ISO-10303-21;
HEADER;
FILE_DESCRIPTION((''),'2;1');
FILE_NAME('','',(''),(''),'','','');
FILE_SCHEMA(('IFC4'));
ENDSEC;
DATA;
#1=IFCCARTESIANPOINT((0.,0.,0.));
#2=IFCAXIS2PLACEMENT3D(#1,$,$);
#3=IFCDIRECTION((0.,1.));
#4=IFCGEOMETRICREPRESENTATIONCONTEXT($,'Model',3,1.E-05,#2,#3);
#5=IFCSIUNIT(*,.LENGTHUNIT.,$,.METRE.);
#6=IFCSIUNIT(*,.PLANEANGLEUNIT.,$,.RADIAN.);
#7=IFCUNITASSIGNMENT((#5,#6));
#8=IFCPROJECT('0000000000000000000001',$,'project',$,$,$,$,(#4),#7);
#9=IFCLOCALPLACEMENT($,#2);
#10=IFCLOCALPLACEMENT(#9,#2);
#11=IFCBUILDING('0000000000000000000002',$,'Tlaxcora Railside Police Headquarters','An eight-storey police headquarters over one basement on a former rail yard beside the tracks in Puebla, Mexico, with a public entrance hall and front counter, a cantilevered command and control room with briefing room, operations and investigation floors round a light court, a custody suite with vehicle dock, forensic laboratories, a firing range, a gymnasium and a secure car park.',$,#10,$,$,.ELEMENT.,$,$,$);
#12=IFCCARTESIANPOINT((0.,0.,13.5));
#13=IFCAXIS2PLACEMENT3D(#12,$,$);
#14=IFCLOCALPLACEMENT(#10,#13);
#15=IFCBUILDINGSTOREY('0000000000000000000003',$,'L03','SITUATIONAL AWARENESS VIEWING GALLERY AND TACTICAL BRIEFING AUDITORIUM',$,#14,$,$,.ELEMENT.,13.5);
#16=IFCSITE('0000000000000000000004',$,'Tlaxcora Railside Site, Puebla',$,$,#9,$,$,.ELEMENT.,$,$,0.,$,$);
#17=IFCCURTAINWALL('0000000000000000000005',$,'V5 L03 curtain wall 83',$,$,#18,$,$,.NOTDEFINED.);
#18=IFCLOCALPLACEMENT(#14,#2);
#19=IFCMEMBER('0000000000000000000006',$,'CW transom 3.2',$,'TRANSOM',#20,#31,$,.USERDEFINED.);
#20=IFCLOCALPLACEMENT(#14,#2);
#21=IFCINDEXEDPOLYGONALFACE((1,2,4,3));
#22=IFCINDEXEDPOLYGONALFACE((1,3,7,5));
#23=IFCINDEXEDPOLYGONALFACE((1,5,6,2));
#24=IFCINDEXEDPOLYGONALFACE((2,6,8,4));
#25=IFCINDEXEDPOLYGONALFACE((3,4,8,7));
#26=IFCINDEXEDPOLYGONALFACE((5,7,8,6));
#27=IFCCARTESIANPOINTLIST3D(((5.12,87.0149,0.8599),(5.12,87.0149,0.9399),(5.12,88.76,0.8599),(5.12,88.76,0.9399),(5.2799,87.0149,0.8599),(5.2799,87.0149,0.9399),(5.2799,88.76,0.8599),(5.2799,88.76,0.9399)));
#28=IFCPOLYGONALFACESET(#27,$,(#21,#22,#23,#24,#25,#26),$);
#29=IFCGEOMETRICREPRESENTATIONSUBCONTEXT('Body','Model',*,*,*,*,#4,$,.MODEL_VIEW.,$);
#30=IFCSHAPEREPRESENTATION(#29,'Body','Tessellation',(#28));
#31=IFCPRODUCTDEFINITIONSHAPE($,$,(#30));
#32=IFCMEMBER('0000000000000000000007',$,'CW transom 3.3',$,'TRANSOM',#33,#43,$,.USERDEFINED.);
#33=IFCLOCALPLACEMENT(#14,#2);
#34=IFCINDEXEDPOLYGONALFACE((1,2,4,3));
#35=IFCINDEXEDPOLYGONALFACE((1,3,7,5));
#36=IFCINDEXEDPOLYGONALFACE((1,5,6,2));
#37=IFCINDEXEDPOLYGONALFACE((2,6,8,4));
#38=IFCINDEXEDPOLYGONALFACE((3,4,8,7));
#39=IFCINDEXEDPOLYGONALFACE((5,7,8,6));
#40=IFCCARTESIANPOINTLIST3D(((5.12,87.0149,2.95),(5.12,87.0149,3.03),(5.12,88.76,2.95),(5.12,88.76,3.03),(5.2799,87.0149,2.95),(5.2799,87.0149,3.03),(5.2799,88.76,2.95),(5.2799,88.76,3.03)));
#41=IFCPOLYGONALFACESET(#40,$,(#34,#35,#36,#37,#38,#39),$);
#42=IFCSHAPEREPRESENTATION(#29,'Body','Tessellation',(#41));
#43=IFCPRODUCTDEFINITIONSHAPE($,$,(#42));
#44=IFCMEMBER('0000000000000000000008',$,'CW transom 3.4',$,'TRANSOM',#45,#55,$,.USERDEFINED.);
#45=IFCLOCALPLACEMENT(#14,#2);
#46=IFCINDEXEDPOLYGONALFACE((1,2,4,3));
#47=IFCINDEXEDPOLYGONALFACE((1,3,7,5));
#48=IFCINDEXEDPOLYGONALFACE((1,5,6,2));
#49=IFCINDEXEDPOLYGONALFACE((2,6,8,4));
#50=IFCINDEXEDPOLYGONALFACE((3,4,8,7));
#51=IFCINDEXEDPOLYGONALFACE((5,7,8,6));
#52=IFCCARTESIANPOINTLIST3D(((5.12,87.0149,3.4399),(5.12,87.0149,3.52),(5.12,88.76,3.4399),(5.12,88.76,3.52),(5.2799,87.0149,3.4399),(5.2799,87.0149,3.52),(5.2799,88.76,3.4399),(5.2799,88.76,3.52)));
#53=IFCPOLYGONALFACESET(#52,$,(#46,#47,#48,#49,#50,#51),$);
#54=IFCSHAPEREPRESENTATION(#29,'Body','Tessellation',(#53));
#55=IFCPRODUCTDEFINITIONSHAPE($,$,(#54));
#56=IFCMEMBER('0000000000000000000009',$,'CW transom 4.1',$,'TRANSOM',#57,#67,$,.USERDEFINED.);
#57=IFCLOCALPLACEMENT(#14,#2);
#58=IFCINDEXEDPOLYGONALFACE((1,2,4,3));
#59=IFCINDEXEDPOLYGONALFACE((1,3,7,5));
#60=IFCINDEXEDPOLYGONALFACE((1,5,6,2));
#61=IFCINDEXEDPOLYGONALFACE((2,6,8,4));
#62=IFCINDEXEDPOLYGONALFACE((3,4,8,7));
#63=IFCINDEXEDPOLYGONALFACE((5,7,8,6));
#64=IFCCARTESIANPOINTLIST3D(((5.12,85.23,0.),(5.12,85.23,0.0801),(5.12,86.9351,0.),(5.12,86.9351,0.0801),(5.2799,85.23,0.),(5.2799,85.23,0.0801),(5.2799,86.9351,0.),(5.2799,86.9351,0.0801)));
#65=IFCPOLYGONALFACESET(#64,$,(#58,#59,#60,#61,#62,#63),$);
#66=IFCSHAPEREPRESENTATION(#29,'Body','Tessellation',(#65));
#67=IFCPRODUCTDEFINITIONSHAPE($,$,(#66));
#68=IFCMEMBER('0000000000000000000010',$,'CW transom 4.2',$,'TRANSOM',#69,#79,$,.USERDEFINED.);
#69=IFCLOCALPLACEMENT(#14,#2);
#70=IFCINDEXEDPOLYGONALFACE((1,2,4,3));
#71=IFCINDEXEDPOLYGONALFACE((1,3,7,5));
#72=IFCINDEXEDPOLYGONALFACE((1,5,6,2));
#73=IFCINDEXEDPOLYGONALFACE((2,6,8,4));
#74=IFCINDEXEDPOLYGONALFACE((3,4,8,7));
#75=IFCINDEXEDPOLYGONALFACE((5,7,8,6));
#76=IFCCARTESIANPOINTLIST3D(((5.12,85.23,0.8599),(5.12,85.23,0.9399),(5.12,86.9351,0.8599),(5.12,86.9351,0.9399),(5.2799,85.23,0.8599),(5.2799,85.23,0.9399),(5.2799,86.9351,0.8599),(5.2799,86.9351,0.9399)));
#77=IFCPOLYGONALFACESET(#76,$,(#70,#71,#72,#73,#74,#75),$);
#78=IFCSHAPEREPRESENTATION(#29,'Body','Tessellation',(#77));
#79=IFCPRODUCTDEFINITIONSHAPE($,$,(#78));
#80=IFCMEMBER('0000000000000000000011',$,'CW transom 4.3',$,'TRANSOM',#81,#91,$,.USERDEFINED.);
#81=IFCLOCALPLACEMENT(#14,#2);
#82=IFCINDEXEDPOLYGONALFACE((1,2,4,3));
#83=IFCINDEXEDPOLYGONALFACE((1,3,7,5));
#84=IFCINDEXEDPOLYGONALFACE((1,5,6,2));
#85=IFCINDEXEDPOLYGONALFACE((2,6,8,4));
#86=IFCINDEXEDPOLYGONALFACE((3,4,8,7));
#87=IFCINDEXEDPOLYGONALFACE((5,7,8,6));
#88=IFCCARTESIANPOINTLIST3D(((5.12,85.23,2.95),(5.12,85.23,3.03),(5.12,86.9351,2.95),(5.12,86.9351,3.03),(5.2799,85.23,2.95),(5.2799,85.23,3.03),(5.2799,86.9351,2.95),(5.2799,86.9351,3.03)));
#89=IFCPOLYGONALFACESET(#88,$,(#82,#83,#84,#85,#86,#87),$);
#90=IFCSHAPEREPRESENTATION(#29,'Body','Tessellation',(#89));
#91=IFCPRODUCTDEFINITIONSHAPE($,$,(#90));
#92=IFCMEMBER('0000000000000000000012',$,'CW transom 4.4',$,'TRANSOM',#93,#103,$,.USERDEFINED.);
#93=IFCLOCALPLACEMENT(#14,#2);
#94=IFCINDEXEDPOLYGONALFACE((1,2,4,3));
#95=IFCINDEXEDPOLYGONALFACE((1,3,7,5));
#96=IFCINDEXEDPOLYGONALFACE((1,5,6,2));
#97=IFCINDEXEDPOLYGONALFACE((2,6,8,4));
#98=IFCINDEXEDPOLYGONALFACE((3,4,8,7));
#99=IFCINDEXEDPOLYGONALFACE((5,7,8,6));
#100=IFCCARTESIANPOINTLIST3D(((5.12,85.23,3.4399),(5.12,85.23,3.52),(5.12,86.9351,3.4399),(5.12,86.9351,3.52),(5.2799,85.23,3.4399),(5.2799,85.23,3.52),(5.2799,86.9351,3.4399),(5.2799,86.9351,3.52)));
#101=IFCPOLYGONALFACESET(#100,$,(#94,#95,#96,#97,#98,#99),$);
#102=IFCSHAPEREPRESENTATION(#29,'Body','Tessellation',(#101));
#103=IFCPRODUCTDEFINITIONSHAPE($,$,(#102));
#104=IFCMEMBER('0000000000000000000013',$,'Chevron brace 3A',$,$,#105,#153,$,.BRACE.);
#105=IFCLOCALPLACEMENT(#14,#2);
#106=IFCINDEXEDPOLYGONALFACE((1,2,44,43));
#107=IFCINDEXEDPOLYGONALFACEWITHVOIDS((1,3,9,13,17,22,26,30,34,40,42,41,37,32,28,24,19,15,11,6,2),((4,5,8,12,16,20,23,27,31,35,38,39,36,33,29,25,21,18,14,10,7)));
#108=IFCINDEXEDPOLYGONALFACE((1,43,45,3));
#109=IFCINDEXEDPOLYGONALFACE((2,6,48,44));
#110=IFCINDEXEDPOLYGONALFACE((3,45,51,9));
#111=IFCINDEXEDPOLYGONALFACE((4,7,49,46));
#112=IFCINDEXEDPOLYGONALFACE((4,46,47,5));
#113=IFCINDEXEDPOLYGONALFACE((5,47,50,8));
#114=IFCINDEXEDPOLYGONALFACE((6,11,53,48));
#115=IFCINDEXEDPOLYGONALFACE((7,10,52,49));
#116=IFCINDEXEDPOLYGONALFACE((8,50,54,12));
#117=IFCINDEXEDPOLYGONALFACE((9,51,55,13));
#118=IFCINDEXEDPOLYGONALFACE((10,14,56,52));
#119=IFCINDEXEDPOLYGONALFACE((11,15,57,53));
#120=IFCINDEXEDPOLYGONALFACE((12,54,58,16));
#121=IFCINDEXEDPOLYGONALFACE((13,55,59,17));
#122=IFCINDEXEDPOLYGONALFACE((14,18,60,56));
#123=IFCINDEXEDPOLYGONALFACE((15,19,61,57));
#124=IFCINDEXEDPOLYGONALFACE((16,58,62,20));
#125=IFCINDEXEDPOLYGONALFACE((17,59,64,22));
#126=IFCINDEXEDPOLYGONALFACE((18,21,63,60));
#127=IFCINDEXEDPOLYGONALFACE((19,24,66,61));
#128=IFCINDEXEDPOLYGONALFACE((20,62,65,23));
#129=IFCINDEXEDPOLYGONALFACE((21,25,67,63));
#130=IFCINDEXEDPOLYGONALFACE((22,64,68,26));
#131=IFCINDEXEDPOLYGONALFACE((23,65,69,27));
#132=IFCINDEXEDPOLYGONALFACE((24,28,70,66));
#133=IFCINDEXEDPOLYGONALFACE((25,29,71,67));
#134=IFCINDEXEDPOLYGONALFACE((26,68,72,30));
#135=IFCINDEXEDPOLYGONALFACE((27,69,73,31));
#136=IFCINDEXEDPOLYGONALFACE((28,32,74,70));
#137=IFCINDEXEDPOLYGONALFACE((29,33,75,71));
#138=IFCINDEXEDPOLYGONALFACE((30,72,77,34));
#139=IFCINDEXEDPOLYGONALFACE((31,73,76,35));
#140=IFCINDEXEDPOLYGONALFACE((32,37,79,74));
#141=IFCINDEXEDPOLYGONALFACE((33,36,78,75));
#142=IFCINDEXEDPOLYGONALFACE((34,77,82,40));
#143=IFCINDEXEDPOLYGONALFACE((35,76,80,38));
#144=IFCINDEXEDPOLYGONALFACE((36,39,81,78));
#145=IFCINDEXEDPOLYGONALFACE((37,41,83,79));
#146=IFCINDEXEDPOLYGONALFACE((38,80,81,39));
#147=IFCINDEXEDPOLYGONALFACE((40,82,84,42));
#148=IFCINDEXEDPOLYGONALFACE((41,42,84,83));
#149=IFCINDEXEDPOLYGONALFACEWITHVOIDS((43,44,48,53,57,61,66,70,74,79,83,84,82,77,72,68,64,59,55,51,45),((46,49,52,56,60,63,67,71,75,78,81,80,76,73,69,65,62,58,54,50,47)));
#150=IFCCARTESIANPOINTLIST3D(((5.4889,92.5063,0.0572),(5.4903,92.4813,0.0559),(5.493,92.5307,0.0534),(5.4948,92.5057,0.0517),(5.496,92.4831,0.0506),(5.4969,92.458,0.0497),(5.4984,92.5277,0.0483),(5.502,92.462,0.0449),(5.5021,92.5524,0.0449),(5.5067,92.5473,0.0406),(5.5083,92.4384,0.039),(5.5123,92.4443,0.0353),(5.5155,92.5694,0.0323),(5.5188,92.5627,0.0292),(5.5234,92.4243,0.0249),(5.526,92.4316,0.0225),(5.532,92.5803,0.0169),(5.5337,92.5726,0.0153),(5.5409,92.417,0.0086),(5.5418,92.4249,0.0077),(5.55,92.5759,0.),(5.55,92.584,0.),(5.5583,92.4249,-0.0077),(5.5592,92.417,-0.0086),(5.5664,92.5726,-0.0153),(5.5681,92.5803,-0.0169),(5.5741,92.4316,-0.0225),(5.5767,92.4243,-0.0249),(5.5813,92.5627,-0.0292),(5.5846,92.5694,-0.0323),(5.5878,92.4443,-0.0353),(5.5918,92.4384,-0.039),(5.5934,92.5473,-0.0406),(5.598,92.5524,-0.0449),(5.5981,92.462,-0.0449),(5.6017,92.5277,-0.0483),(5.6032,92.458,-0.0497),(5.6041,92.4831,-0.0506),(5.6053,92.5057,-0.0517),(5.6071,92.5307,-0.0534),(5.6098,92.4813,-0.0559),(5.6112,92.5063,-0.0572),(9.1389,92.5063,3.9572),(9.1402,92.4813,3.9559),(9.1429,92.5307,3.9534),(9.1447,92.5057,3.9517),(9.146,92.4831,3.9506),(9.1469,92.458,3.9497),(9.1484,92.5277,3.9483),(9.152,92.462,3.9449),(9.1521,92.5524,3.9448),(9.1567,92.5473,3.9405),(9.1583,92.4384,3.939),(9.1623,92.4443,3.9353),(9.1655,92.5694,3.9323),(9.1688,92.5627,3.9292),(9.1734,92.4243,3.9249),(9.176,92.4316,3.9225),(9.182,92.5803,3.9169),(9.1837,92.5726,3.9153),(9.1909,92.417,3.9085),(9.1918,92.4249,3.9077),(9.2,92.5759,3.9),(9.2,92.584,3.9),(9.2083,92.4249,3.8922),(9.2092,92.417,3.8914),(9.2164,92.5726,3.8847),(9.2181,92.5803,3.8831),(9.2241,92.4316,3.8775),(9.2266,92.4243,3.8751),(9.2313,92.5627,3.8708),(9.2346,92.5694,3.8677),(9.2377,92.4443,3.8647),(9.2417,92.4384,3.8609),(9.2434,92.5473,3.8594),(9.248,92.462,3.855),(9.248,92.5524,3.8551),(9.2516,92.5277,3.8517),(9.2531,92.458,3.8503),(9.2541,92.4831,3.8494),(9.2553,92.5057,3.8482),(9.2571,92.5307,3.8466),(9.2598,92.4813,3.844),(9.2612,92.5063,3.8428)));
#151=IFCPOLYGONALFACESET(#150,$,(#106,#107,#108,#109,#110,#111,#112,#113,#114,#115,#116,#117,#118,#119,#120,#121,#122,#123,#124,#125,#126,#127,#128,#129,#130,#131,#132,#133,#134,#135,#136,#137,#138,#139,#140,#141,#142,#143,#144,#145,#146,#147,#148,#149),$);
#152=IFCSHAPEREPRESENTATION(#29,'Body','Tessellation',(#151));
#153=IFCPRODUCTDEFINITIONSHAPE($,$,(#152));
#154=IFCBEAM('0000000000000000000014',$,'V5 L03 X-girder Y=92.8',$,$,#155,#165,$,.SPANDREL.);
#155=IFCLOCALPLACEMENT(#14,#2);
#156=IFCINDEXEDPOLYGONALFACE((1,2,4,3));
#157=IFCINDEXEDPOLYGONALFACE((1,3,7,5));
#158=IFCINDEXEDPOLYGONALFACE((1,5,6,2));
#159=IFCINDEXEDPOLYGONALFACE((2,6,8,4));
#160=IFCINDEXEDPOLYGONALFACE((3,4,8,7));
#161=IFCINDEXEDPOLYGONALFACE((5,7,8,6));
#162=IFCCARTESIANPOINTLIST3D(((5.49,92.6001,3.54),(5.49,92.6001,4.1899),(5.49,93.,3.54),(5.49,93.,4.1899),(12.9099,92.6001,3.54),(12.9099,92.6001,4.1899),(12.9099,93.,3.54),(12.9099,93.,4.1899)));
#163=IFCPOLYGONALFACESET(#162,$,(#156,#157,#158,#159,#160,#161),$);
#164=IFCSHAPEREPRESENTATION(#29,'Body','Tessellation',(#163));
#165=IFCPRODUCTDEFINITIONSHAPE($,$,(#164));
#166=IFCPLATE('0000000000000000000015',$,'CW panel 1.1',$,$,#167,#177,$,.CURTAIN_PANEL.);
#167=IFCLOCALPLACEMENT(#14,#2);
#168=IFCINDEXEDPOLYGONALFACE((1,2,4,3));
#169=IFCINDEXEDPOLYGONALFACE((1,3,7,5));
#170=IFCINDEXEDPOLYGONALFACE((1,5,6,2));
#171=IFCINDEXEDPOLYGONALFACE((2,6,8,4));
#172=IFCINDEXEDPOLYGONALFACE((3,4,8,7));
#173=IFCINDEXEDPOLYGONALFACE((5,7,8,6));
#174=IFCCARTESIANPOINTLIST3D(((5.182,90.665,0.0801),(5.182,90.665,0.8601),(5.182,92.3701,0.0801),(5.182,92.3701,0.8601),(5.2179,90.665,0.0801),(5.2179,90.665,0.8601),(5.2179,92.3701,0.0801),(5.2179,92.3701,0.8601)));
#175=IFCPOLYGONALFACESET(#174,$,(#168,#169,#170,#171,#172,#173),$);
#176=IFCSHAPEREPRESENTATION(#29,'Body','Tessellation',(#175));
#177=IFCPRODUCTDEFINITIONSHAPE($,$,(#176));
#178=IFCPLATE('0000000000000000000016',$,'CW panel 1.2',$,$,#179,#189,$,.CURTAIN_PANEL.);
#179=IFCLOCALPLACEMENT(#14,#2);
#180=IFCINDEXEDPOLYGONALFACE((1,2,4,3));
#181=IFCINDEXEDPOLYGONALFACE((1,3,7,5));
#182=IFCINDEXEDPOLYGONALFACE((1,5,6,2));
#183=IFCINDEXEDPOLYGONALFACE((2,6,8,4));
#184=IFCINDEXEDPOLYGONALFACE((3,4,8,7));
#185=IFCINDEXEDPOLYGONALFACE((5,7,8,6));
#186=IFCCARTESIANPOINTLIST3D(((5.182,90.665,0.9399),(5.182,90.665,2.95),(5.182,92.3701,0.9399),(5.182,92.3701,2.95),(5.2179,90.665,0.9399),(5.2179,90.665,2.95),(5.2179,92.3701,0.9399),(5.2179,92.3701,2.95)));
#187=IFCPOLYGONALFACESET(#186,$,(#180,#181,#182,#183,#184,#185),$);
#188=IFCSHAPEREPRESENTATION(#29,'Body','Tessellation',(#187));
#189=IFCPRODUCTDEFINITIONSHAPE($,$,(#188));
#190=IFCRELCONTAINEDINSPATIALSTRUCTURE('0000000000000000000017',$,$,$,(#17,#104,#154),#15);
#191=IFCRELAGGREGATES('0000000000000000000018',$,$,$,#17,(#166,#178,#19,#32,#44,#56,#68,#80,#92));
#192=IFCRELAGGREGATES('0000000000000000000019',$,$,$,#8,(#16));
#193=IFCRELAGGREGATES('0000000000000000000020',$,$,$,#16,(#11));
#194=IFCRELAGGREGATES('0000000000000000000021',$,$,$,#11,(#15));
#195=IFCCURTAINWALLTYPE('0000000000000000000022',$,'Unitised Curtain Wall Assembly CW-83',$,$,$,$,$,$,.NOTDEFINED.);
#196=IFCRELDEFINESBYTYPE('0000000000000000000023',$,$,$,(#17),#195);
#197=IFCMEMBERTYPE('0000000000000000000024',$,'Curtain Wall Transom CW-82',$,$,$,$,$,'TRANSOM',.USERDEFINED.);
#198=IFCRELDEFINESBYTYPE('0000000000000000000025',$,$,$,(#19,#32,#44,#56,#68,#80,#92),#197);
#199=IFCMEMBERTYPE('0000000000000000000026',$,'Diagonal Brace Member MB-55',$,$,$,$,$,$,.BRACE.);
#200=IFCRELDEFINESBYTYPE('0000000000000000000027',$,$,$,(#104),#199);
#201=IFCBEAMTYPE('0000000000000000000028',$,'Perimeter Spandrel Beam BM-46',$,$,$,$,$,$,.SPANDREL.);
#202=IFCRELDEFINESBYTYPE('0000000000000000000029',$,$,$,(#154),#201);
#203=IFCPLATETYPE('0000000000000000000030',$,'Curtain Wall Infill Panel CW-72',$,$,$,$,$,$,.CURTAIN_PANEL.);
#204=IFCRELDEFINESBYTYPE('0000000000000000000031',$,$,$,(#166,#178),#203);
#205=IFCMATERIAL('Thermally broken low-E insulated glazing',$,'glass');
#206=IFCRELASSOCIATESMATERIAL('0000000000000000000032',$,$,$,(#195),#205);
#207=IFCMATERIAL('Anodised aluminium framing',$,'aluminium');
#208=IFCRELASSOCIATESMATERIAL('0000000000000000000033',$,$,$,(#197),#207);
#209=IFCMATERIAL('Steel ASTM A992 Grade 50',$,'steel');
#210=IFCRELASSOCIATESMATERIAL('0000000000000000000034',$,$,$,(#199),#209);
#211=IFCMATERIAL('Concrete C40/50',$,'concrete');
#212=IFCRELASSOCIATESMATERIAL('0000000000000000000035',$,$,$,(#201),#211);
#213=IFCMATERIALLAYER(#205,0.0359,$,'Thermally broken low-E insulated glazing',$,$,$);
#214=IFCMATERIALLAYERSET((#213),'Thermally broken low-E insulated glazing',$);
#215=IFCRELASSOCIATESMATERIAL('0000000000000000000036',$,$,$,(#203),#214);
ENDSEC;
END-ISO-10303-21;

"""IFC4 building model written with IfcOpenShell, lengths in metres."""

from ifc_helpers import new_model, si_unit, direction, frame, origin, origin_2d, place, context, subcontext, project, spatial, rectangle, hollow_circle, extrude, material, layer, layer_set, material_profile, profile_set, type_object, element, aggregate, save


model = new_model("IFC4")

# Units and contexts
model_context = context("Model", 3, precision=1e-05, world=origin(), true_north=direction((0.0, 1.0)))
body_context = subcontext(model_context, "Body", "Model", "MODEL_VIEW")
ifc_project = project(units=[si_unit("LENGTHUNIT", "METRE"), si_unit("PLANEANGLEUNIT", "RADIAN")], contexts=[model_context])

# Site, building, storey
site_placement = place(None, origin())
site = spatial("IfcSite", under=ifc_project, at=site_placement, Name="Tlaxcora Railside Site, Puebla", CompositionType="ELEMENT", RefElevation=0.0)
building_placement = place(site_placement, origin())
building = spatial("IfcBuilding", under=site, at=building_placement, Name="Tlaxcora Railside Police Headquarters", Description="An eight-storey police headquarters over one basement on a former rail yard beside the tracks in Puebla, Mexico, with a public entrance hall and front counter, a cantilevered command and control room with briefing room, operations and investigation floors round a light court, a custody suite with vehicle dock, forensic laboratories, a firing range, a gymnasium and a secure car park.", CompositionType="ELEMENT")
storey_placement = place(building_placement, frame((0.0, 0.0, 13.5)))
storey = spatial("IfcBuildingStorey", under=building, at=storey_placement, Name="L03", Description="SITUATIONAL AWARENESS VIEWING GALLERY AND TACTICAL BRIEFING AUDITORIUM", CompositionType="ELEMENT", Elevation=13.5)

# Shared definitions
ifc_material_1 = material(Name="Concrete C40/50", Category="concrete")

# Curtain wall, members
ifc_material_2 = material(Name="Thermally broken low-E insulated glazing", Category="glass")
curtain_wall_type = type_object("IfcCurtainWallType", Name="Unitised Curtain Wall Assembly CW-83", PredefinedType="NOTDEFINED", material=ifc_material_2)
curtain_wall_placement = place(storey_placement, origin())
curtain_wall = element("IfcCurtainWall", 1, at=curtain_wall_placement, inside=storey, type_object=curtain_wall_type, Name="V5 L03 curtain wall 83", PredefinedType="NOTDEFINED")
ifc_material_3 = material(Name="Anodised aluminium framing", Category="aluminium")
ifc_material_profile_1 = material_profile(ifc_material_3, rectangle(XDim=0.1599, YDim=0.0801, at=origin_2d()), Name="AL80X160")
ifc_profile_set_1 = profile_set([ifc_material_profile_1], Name="Anodised aluminium framing")
member_type_1 = type_object("IfcMemberType", Name="Curtain Wall Transom CW-82", ElementType="TRANSOM", PredefinedType="USERDEFINED", material=ifc_profile_set_1)
member_1_placement = place(storey_placement, frame((5.2, 88.76, 0.8999), z_axis=(0.0, -1.0, 0.0), x_axis=(1.0, 0.0, 0.0)))
member_1 = element("IfcMember", 2, at=member_1_placement, type_object=member_type_1, Name="CW transom 3.2", ObjectType="TRANSOM", PredefinedType="USERDEFINED", context=body_context, shape_type="SweptSolid", body=[
    extrude(rectangle(XDim=0.1599, YDim=0.0801, at=origin_2d()), origin(), (0.0, 0.0, 1.0), 1.7451),
])
member_2_placement = place(storey_placement, frame((5.2, 88.76, 2.99), z_axis=(0.0, -1.0, 0.0), x_axis=(1.0, 0.0, 0.0)))
member_2 = element("IfcMember", 3, at=member_2_placement, type_object=member_type_1, Name="CW transom 3.3", ObjectType="TRANSOM", PredefinedType="USERDEFINED", context=body_context, shape_type="SweptSolid", body=[
    extrude(rectangle(XDim=0.1599, YDim=0.0801, at=origin_2d()), origin(), (0.0, 0.0, 1.0), 1.7451),
])
member_3_placement = place(storey_placement, frame((5.2, 88.76, 3.48), z_axis=(0.0, -1.0, 0.0), x_axis=(1.0, 0.0, 0.0)))
member_3 = element("IfcMember", 4, at=member_3_placement, type_object=member_type_1, Name="CW transom 3.4", ObjectType="TRANSOM", PredefinedType="USERDEFINED", context=body_context, shape_type="SweptSolid", body=[
    extrude(rectangle(XDim=0.1599, YDim=0.0801, at=origin_2d()), origin(), (0.0, 0.0, 1.0), 1.7451),
])
member_4_placement = place(storey_placement, frame((5.2, 86.9351, 0.04), z_axis=(0.0, -1.0, 0.0), x_axis=(1.0, 0.0, 0.0)))
member_4 = element("IfcMember", 5, at=member_4_placement, type_object=member_type_1, Name="CW transom 4.1", ObjectType="TRANSOM", PredefinedType="USERDEFINED", context=body_context, shape_type="SweptSolid", body=[
    extrude(rectangle(XDim=0.1599, YDim=0.0801, at=origin_2d()), origin(), (0.0, 0.0, 1.0), 1.7051),
])
member_5_placement = place(storey_placement, frame((5.2, 86.9351, 0.8999), z_axis=(0.0, -1.0, 0.0), x_axis=(1.0, 0.0, 0.0)))
member_5 = element("IfcMember", 6, at=member_5_placement, type_object=member_type_1, Name="CW transom 4.2", ObjectType="TRANSOM", PredefinedType="USERDEFINED", context=body_context, shape_type="SweptSolid", body=[
    extrude(rectangle(XDim=0.1599, YDim=0.0801, at=origin_2d()), origin(), (0.0, 0.0, 1.0), 1.7051),
])
member_6_placement = place(storey_placement, frame((5.2, 86.9351, 2.99), z_axis=(0.0, -1.0, 0.0), x_axis=(1.0, 0.0, 0.0)))
member_6 = element("IfcMember", 7, at=member_6_placement, type_object=member_type_1, Name="CW transom 4.3", ObjectType="TRANSOM", PredefinedType="USERDEFINED", context=body_context, shape_type="SweptSolid", body=[
    extrude(rectangle(XDim=0.1599, YDim=0.0801, at=origin_2d()), origin(), (0.0, 0.0, 1.0), 1.7051),
])
member_7_placement = place(storey_placement, frame((5.2, 86.9351, 3.48), z_axis=(0.0, -1.0, 0.0), x_axis=(1.0, 0.0, 0.0)))
member_7 = element("IfcMember", 8, at=member_7_placement, type_object=member_type_1, Name="CW transom 4.4", ObjectType="TRANSOM", PredefinedType="USERDEFINED", context=body_context, shape_type="SweptSolid", body=[
    extrude(rectangle(XDim=0.1599, YDim=0.0801, at=origin_2d()), origin(), (0.0, 0.0, 1.0), 1.7051),
])

# Member
ifc_material_4 = material(Name="Steel ASTM A992 Grade 50", Category="steel")
ifc_material_profile_2 = material_profile(ifc_material_4, hollow_circle(Radius=0.084, WallThickness=0.0081, at=origin_2d()), Name="CHS168X8")
ifc_profile_set_2 = profile_set([ifc_material_profile_2], Name="Steel ASTM A992 Grade 50")
member_type_2 = type_object("IfcMemberType", Name="Diagonal Brace Member MB-55", PredefinedType="BRACE", material=ifc_profile_set_2)
member_8_placement = place(storey_placement, frame((5.55, 92.5, 0.0), z_axis=(0.683318, 0.0, 0.730121), x_axis=(0.0, 1.0, 0.0)))
element("IfcMember", 9, at=member_8_placement, inside=storey, type_object=member_type_2, Name="Chevron brace 3A", PredefinedType="BRACE", context=body_context, shape_type="SweptSolid", body=[
    extrude(hollow_circle(Radius=0.084, WallThickness=0.0081, at=origin_2d()), origin(), (0.0, 0.0, 1.0), 5.3416),
])

# Beam
ifc_material_profile_3 = material_profile(ifc_material_1, rectangle(XDim=0.3999, YDim=0.6499, at=origin_2d()), Name="RC400X650")
ifc_profile_set_3 = profile_set([ifc_material_profile_3], Name="Concrete C40/50")
beam_type = type_object("IfcBeamType", Name="Perimeter Spandrel Beam BM-46", PredefinedType="SPANDREL", material=ifc_profile_set_3)
beam_placement = place(storey_placement, frame((5.49, 92.8, 3.865), z_axis=(1.0, 0.0, 0.0), x_axis=(0.0, 1.0, 0.0)))
element("IfcBeam", 10, at=beam_placement, inside=storey, type_object=beam_type, Name="V5 L03 X-girder Y=92.8", PredefinedType="SPANDREL", context=body_context, shape_type="SweptSolid", body=[
    extrude(rectangle(XDim=0.3999, YDim=0.6499, at=origin_2d()), origin(), (0.0, 0.0, 1.0), 7.4199),
])

# Plates
ifc_layer_1 = layer(ifc_material_2, 0.0359, Name="Thermally broken low-E insulated glazing")
ifc_layer_set_1 = layer_set([ifc_layer_1], Name="Thermally broken low-E insulated glazing")
plate_type_1 = type_object("IfcPlateType", Name="Curtain Wall Infill Panel CW-72", PredefinedType="CURTAIN_PANEL", material=ifc_layer_set_1)
plate_1_placement = place(storey_placement, frame((5.2, 91.5176, 0.0801), z_axis=(0.0, 0.0, 1.0), x_axis=(0.0, -1.0, 0.0)))
plate_1 = element("IfcPlate", 11, at=plate_1_placement, type_object=plate_type_1, Name="CW panel 1.1", PredefinedType="CURTAIN_PANEL", context=body_context, shape_type="SweptSolid", body=[
    extrude(rectangle(XDim=1.7051, YDim=0.0359, at=origin_2d()), origin(), (0.0, 0.0, 1.0), 0.78),
])
plate_2_placement = place(storey_placement, frame((5.2, 91.5176, 0.9399), z_axis=(0.0, 0.0, 1.0), x_axis=(0.0, -1.0, 0.0)))
plate_2 = element("IfcPlate", 12, at=plate_2_placement, type_object=plate_type_1, Name="CW panel 1.2", PredefinedType="CURTAIN_PANEL", context=body_context, shape_type="SweptSolid", body=[
    extrude(rectangle(XDim=1.7051, YDim=0.0359, at=origin_2d()), origin(), (0.0, 0.0, 1.0), 2.01),
])
aggregate(curtain_wall, [plate_1, plate_2, member_1, member_2, member_3, member_4, member_5, member_6, member_7])

save(model, "model.ifc")
